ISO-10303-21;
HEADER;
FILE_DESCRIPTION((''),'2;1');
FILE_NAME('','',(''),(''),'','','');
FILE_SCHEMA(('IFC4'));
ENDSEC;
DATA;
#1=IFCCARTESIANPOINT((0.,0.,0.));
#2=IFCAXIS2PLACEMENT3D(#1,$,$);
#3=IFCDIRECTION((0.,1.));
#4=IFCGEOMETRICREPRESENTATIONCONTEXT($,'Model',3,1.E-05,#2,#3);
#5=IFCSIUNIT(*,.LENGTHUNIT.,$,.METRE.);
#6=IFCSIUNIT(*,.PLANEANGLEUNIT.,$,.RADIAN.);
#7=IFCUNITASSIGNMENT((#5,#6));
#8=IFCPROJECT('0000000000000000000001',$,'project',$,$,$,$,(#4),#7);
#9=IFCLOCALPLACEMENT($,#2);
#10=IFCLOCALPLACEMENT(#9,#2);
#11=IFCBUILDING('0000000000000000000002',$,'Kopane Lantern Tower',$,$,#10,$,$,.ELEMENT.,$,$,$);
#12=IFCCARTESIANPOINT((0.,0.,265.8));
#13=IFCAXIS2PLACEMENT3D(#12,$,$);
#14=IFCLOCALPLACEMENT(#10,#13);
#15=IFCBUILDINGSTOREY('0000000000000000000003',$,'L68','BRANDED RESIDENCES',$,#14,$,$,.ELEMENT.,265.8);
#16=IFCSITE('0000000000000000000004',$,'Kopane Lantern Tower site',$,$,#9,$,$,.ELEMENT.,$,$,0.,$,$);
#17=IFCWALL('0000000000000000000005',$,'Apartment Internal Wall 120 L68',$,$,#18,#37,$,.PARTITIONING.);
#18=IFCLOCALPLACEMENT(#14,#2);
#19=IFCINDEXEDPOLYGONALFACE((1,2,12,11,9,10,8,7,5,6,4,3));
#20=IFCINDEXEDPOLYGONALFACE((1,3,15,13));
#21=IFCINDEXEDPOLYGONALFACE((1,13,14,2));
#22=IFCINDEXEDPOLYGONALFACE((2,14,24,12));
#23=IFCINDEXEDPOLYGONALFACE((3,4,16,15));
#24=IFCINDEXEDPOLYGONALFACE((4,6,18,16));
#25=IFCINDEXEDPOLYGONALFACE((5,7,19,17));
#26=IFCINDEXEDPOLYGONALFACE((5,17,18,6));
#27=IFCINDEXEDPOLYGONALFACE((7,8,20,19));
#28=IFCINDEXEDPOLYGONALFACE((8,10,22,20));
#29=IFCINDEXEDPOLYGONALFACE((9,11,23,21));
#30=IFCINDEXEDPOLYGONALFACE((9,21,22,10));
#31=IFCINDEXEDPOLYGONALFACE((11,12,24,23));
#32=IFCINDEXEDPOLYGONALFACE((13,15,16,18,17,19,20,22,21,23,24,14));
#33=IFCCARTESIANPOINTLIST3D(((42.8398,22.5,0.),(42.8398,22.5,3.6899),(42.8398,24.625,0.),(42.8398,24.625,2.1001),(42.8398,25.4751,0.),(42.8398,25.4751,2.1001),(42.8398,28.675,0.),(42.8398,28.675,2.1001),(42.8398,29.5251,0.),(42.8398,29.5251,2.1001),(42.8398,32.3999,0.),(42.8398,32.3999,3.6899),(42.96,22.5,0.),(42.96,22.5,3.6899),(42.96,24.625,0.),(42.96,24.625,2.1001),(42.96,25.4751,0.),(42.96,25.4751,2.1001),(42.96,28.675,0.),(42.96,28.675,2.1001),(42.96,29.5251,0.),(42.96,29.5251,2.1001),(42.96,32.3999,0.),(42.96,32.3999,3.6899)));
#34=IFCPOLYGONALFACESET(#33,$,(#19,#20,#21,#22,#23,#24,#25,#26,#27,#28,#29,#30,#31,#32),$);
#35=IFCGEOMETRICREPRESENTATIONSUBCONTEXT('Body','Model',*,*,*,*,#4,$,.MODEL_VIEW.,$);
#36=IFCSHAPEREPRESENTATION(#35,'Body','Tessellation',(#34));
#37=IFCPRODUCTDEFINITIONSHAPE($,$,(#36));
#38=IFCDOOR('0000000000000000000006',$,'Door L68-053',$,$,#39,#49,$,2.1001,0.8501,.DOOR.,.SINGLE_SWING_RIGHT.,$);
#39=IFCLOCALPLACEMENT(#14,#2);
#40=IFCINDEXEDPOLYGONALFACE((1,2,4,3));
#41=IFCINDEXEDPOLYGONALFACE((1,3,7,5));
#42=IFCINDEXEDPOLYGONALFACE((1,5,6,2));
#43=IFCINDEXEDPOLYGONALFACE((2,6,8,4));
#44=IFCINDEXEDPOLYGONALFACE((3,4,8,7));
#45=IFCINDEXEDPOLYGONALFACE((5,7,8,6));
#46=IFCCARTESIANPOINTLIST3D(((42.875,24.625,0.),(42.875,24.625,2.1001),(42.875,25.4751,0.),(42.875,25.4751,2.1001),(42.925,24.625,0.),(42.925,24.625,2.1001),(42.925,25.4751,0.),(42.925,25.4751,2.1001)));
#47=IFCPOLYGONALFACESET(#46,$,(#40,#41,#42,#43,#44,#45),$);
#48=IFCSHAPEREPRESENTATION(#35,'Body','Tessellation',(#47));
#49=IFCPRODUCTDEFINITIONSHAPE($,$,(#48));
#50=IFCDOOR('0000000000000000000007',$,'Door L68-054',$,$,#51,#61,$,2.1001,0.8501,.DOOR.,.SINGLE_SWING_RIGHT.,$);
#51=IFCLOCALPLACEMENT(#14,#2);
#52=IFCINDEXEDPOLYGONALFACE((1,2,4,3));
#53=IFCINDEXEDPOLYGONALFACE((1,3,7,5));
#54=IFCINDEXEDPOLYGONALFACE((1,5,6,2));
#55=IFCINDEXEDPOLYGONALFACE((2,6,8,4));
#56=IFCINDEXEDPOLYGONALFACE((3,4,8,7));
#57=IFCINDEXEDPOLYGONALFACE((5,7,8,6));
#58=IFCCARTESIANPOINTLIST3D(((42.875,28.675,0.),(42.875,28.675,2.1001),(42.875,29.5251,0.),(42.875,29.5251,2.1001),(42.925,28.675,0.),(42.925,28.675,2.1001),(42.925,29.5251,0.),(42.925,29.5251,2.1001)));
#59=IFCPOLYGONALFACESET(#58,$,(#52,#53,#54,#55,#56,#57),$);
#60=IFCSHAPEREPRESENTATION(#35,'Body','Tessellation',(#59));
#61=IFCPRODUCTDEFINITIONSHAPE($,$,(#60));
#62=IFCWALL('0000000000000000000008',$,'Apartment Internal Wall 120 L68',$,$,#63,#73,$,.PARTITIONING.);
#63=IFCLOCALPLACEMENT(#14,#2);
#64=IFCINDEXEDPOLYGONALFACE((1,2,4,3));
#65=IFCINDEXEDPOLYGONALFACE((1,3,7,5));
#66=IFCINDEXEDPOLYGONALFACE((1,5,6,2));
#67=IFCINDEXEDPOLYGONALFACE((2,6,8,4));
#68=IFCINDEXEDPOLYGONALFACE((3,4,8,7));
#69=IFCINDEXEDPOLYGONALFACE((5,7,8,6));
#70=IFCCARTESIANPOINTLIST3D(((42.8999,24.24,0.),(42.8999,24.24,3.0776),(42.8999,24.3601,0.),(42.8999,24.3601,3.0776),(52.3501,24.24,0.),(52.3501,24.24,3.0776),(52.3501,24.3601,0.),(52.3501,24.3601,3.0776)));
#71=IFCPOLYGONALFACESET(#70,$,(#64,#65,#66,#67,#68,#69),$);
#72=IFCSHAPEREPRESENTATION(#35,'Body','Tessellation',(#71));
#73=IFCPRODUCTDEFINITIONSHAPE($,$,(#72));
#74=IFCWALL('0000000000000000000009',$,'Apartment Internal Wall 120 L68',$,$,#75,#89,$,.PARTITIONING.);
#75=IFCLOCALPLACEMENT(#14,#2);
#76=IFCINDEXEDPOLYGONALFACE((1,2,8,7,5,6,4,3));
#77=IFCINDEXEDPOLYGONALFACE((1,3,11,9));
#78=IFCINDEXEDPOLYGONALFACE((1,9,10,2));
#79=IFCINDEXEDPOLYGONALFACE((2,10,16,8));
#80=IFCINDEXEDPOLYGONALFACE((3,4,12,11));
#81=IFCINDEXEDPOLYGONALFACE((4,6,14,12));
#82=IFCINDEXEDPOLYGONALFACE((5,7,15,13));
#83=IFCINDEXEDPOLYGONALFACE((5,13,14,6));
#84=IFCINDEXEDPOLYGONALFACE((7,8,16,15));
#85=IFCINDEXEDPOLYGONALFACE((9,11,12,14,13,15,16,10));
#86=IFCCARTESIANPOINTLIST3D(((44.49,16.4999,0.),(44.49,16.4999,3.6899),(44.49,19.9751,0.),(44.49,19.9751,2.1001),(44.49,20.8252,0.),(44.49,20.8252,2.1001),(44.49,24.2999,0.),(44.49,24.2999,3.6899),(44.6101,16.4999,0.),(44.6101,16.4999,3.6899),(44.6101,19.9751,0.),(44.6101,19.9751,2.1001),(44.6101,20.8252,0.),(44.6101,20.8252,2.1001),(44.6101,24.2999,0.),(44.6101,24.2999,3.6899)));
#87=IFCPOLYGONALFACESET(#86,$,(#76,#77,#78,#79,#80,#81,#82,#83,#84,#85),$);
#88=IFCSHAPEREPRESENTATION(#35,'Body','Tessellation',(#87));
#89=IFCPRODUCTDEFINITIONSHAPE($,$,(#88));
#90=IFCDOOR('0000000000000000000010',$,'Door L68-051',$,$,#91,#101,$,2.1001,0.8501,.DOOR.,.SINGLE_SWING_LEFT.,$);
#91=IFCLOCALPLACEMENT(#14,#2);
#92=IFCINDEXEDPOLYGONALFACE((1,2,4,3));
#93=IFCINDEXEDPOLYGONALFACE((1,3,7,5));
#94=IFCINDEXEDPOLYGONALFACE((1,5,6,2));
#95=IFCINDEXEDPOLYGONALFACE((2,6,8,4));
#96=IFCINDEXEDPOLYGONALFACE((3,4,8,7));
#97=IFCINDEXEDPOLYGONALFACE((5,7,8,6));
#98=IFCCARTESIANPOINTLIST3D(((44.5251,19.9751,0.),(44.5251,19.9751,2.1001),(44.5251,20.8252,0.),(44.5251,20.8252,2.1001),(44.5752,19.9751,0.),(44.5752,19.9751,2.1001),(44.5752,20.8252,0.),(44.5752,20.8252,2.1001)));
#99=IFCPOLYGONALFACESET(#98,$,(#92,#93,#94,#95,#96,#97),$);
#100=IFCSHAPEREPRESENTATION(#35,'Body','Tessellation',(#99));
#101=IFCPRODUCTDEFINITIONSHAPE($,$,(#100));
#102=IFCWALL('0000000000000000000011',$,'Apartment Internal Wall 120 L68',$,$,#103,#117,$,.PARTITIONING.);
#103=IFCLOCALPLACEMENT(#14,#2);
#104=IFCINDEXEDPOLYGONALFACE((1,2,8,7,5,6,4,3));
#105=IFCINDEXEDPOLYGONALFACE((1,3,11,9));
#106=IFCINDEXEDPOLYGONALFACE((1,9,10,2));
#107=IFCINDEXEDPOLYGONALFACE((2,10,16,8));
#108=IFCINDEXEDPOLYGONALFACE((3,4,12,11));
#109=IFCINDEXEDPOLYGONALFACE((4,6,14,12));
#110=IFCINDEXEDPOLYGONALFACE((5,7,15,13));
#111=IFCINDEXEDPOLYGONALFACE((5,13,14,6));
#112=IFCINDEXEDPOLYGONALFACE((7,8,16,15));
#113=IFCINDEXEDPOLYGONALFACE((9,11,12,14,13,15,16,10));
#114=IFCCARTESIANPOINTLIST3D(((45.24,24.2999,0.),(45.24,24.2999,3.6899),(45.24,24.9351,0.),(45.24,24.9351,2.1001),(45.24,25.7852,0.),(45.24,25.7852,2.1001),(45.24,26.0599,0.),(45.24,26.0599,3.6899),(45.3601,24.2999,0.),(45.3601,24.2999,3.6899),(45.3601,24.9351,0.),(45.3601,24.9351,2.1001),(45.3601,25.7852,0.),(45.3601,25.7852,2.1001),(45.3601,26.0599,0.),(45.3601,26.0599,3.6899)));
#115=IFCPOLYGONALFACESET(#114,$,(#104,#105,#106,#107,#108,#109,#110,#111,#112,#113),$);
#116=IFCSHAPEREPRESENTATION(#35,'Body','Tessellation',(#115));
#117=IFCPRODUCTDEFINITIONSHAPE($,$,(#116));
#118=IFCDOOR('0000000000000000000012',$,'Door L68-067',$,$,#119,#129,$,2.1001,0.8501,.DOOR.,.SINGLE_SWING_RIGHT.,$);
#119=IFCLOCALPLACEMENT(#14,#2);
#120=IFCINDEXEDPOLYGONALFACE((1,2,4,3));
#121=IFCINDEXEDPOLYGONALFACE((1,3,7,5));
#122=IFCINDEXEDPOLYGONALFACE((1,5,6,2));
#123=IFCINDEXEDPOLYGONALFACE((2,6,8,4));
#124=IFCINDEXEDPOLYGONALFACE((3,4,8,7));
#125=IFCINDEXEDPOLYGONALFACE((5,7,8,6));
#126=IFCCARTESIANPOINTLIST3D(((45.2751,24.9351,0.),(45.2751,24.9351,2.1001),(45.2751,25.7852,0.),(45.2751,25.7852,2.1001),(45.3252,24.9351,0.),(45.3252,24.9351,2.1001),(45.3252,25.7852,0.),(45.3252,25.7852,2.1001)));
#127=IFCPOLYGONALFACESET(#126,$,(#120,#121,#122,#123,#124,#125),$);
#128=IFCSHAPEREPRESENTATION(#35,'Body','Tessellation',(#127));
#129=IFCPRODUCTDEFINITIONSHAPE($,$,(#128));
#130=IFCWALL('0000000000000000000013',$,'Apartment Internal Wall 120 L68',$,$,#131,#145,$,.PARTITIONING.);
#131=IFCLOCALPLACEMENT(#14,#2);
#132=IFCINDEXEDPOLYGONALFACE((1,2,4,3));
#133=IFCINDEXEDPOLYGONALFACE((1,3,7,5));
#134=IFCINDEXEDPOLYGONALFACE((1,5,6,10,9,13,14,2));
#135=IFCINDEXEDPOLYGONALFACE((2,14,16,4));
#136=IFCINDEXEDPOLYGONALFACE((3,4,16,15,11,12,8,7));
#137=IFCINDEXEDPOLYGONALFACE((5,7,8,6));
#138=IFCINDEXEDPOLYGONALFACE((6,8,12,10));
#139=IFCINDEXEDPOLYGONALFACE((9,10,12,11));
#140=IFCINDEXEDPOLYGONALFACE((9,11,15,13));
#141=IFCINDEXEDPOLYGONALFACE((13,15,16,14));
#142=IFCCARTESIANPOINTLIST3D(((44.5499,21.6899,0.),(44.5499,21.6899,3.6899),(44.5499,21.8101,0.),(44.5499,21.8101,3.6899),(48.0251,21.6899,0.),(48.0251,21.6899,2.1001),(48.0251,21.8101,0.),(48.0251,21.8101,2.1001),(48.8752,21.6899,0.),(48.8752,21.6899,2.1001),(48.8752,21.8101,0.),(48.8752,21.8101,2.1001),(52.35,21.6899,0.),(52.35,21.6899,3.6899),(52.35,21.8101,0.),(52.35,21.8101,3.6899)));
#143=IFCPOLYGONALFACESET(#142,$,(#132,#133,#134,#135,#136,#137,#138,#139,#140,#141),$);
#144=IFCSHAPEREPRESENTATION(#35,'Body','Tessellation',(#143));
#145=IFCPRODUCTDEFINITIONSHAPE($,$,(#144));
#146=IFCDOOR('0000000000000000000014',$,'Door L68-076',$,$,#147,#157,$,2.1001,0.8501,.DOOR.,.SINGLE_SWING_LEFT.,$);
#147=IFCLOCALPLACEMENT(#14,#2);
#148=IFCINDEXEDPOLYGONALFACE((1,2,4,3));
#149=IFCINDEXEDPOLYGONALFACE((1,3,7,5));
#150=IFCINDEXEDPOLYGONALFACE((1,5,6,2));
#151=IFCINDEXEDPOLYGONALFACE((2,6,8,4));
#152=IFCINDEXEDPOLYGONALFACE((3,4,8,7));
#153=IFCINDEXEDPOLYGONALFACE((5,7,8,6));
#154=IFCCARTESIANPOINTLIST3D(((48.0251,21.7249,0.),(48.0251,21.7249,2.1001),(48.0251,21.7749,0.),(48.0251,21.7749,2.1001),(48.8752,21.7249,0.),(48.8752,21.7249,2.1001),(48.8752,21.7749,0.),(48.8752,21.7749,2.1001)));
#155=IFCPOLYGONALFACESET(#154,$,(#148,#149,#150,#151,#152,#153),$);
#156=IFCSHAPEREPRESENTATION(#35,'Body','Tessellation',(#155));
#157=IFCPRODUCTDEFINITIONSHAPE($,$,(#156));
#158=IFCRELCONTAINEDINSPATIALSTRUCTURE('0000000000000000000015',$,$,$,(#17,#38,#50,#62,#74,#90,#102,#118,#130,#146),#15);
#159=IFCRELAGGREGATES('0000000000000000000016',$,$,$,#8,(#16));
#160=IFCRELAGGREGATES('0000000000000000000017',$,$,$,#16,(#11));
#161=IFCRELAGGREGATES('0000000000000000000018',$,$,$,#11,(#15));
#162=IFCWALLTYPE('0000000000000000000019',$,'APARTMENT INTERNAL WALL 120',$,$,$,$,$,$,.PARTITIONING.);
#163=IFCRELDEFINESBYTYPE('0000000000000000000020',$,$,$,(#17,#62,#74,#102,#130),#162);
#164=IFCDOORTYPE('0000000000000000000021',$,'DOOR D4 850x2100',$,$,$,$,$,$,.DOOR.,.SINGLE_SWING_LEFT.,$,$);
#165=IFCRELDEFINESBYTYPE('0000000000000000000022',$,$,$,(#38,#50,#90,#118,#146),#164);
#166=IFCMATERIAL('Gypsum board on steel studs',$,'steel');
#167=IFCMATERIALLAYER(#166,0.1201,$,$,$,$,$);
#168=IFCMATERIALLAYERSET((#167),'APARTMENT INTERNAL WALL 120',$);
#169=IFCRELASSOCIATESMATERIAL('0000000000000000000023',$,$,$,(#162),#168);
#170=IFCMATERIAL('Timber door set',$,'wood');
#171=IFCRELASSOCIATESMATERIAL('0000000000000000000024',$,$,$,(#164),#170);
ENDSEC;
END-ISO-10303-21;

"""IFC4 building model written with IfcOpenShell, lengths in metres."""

from ifc_helpers import new_model, si_unit, direction, frame, frame_2d, origin, place, context, subcontext, project, spatial, rectangle, extrude, material, layer, layer_set, type_object, element, fill, save


model = new_model("IFC4")

# Units and contexts
model_context = context("Model", 3, precision=1e-05, world=origin(), true_north=direction((0.0, 1.0)))
body_context = subcontext(model_context, "Body", "Model", "MODEL_VIEW")
ifc_project = project(units=[si_unit("LENGTHUNIT", "METRE"), si_unit("PLANEANGLEUNIT", "RADIAN")], contexts=[model_context])

# Site, building, storey
site_placement = place(None, origin())
site = spatial("IfcSite", under=ifc_project, at=site_placement, Name="Kopane Lantern Tower site", CompositionType="ELEMENT", RefElevation=0.0)
building_placement = place(site_placement, origin())
building = spatial("IfcBuilding", under=site, at=building_placement, Name="Kopane Lantern Tower", CompositionType="ELEMENT")
storey_placement = place(building_placement, frame((0.0, 0.0, 265.8)))
storey = spatial("IfcBuildingStorey", under=building, at=storey_placement, Name="L68", Description="BRANDED RESIDENCES", CompositionType="ELEMENT", Elevation=265.8)

# Wall, openings, doors
ifc_material_1 = material(Name="Gypsum board on steel studs", Category="steel")
ifc_layer_1 = layer(ifc_material_1, 0.1201)
ifc_layer_set_1 = layer_set([ifc_layer_1], Name="APARTMENT INTERNAL WALL 120")
wall_type_1 = type_object("IfcWallType", Name="APARTMENT INTERNAL WALL 120", PredefinedType="PARTITIONING", material=ifc_layer_set_1)
wall_1_placement = place(storey_placement, frame((42.8999, 22.5, 0.0), z_axis=(0.0, 0.0, 1.0), x_axis=(0.0, 1.0, 0.0)))
wall_1 = element("IfcWall", 1, at=wall_1_placement, inside=storey, type_object=wall_type_1, Name="Apartment Internal Wall 120 L68", PredefinedType="PARTITIONING", context=body_context, shape_type="SweptSolid", body=[
    extrude(rectangle(XDim=9.8999, YDim=0.1201, at=frame_2d((4.95, 0.0))), origin(), (0.0, 0.0, 1.0), 3.6899),
])
opening_1_placement = place(wall_1_placement, frame((2.125, 0.0, 0.0)))
opening_1 = element("IfcOpeningElement", 2, at=opening_1_placement, cuts=wall_1, PredefinedType="OPENING", context=body_context, shape_type="SweptSolid", body=[
    extrude(rectangle(XDim=0.8501, YDim=2.1001, at=frame_2d((0.425, 1.05))), frame((0.0, 0.0701, 0.0), z_axis=(0.0, -1.0, 0.0), x_axis=(1.0, 0.0, 0.0)), (0.0, 0.0, 1.0), 0.1401),
])
opening_2_placement = place(wall_1_placement, frame((6.175, 0.0, 0.0)))
opening_2 = element("IfcOpeningElement", 3, at=opening_2_placement, cuts=wall_1, PredefinedType="OPENING", context=body_context, shape_type="SweptSolid", body=[
    extrude(rectangle(XDim=0.8501, YDim=2.1001, at=frame_2d((0.425, 1.05))), frame((0.0, 0.0701, 0.0), z_axis=(0.0, -1.0, 0.0), x_axis=(1.0, 0.0, 0.0)), (0.0, 0.0, 1.0), 0.1401),
])
ifc_material_2 = material(Name="Timber door set", Category="wood")
door_type = type_object("IfcDoorType", Name="DOOR D4 850x2100", OperationType="SINGLE_SWING_LEFT", PredefinedType="DOOR", material=ifc_material_2)
door_1_placement = place(opening_1_placement, origin())
door_1 = element("IfcDoor", 4, at=door_1_placement, inside=storey, type_object=door_type, Name="Door L68-053", OperationType="SINGLE_SWING_RIGHT", OverallHeight=2.1001, OverallWidth=0.8501, PredefinedType="DOOR", context=body_context, shape_type="SweptSolid", body=[
    extrude(rectangle(XDim=0.8501, YDim=2.1001, at=frame_2d((0.425, 1.05))), frame((0.0, 0.0249, 0.0), z_axis=(0.0, -1.0, 0.0), x_axis=(1.0, 0.0, 0.0)), (0.0, 0.0, 1.0), 0.05),
])
fill(opening_1, door_1)
door_2_placement = place(opening_2_placement, origin())
door_2 = element("IfcDoor", 5, at=door_2_placement, inside=storey, type_object=door_type, Name="Door L68-054", OperationType="SINGLE_SWING_RIGHT", OverallHeight=2.1001, OverallWidth=0.8501, PredefinedType="DOOR", context=body_context, shape_type="SweptSolid", body=[
    extrude(rectangle(XDim=0.8501, YDim=2.1001, at=frame_2d((0.425, 1.05))), frame((0.0, 0.0249, 0.0), z_axis=(0.0, -1.0, 0.0), x_axis=(1.0, 0.0, 0.0)), (0.0, 0.0, 1.0), 0.05),
])
fill(opening_2, door_2)

# Wall
wall_2_placement = place(storey_placement, frame((42.8999, 24.3, 0.0), z_axis=(0.0, 0.0, 1.0), x_axis=(1.0, 0.0, 0.0)))
element("IfcWall", 6, at=wall_2_placement, inside=storey, type_object=wall_type_1, Name="Apartment Internal Wall 120 L68", PredefinedType="PARTITIONING", context=body_context, shape_type="SweptSolid", body=[
    extrude(rectangle(XDim=9.4502, YDim=0.1201, at=frame_2d((4.7251, 0.0))), origin(), (0.0, 0.0, 1.0), 3.0776),
])

# Walls, openings, doors
wall_3_placement = place(storey_placement, frame((44.55, 16.5, 0.0), z_axis=(0.0, 0.0, 1.0), x_axis=(0.0, 1.0, 0.0)))
wall_3 = element("IfcWall", 7, at=wall_3_placement, inside=storey, type_object=wall_type_1, Name="Apartment Internal Wall 120 L68", PredefinedType="PARTITIONING", context=body_context, shape_type="SweptSolid", body=[
    extrude(rectangle(XDim=7.8, YDim=0.1201, at=frame_2d((3.8999, 0.0))), origin(), (0.0, 0.0, 1.0), 3.6899),
])
opening_3_placement = place(wall_3_placement, frame((3.4751, 0.0, 0.0)))
opening_3 = element("IfcOpeningElement", 8, at=opening_3_placement, cuts=wall_3, PredefinedType="OPENING", context=body_context, shape_type="SweptSolid", body=[
    extrude(rectangle(XDim=0.8501, YDim=2.1001, at=frame_2d((0.425, 1.05))), frame((0.0, 0.0701, 0.0), z_axis=(0.0, -1.0, 0.0), x_axis=(1.0, 0.0, 0.0)), (0.0, 0.0, 1.0), 0.1401),
])
door_3_placement = place(opening_3_placement, origin())
door_3 = element("IfcDoor", 9, at=door_3_placement, inside=storey, type_object=door_type, Name="Door L68-051", OperationType="SINGLE_SWING_LEFT", OverallHeight=2.1001, OverallWidth=0.8501, PredefinedType="DOOR", context=body_context, shape_type="SweptSolid", body=[
    extrude(rectangle(XDim=0.8501, YDim=2.1001, at=frame_2d((0.425, 1.05))), frame((0.0, 0.0249, 0.0), z_axis=(0.0, -1.0, 0.0), x_axis=(1.0, 0.0, 0.0)), (0.0, 0.0, 1.0), 0.05),
])
fill(opening_3, door_3)
wall_4_placement = place(storey_placement, frame((45.3, 24.3, 0.0), z_axis=(0.0, 0.0, 1.0), x_axis=(0.0, 1.0, 0.0)))
wall_4 = element("IfcWall", 10, at=wall_4_placement, inside=storey, type_object=wall_type_1, Name="Apartment Internal Wall 120 L68", PredefinedType="PARTITIONING", context=body_context, shape_type="SweptSolid", body=[
    extrude(rectangle(XDim=1.76, YDim=0.1201, at=frame_2d((0.8799, 0.0))), origin(), (0.0, 0.0, 1.0), 3.6899),
])
opening_4_placement = place(wall_4_placement, frame((0.635, 0.0, 0.0)))
opening_4 = element("IfcOpeningElement", 11, at=opening_4_placement, cuts=wall_4, PredefinedType="OPENING", context=body_context, shape_type="SweptSolid", body=[
    extrude(rectangle(XDim=0.8501, YDim=2.1001, at=frame_2d((0.425, 1.05))), frame((0.0, 0.0701, 0.0), z_axis=(0.0, -1.0, 0.0), x_axis=(1.0, 0.0, 0.0)), (0.0, 0.0, 1.0), 0.1401),
])
door_4_placement = place(opening_4_placement, origin())
door_4 = element("IfcDoor", 12, at=door_4_placement, inside=storey, type_object=door_type, Name="Door L68-067", OperationType="SINGLE_SWING_RIGHT", OverallHeight=2.1001, OverallWidth=0.8501, PredefinedType="DOOR", context=body_context, shape_type="SweptSolid", body=[
    extrude(rectangle(XDim=0.8501, YDim=2.1001, at=frame_2d((0.425, 1.05))), frame((0.0, 0.0249, 0.0), z_axis=(0.0, -1.0, 0.0), x_axis=(1.0, 0.0, 0.0)), (0.0, 0.0, 1.0), 0.05),
])
fill(opening_4, door_4)
wall_5_placement = place(storey_placement, frame((44.55, 21.75, 0.0), z_axis=(0.0, 0.0, 1.0), x_axis=(1.0, 0.0, 0.0)))
wall_5 = element("IfcWall", 13, at=wall_5_placement, inside=storey, type_object=wall_type_1, Name="Apartment Internal Wall 120 L68", PredefinedType="PARTITIONING", context=body_context, shape_type="SweptSolid", body=[
    extrude(rectangle(XDim=7.8, YDim=0.1201, at=frame_2d((3.8999, 0.0))), origin(), (0.0, 0.0, 1.0), 3.6899),
])
opening_5_placement = place(wall_5_placement, frame((3.4751, 0.0, 0.0)))
opening_5 = element("IfcOpeningElement", 14, at=opening_5_placement, cuts=wall_5, PredefinedType="OPENING", context=body_context, shape_type="SweptSolid", body=[
    extrude(rectangle(XDim=0.8501, YDim=2.1001, at=frame_2d((0.425, 1.05))), frame((0.0, 0.0701, 0.0), z_axis=(0.0, -1.0, 0.0), x_axis=(1.0, 0.0, 0.0)), (0.0, 0.0, 1.0), 0.1401),
])
door_5_placement = place(opening_5_placement, origin())
door_5 = element("IfcDoor", 15, at=door_5_placement, inside=storey, type_object=door_type, Name="Door L68-076", OperationType="SINGLE_SWING_LEFT", OverallHeight=2.1001, OverallWidth=0.8501, PredefinedType="DOOR", context=body_context, shape_type="SweptSolid", body=[
    extrude(rectangle(XDim=0.8501, YDim=2.1001, at=frame_2d((0.425, 1.05))), frame((0.0, 0.0249, 0.0), z_axis=(0.0, -1.0, 0.0), x_axis=(1.0, 0.0, 0.0)), (0.0, 0.0, 1.0), 0.05),
])
fill(opening_5, door_5)

save(model, "model.ifc")
